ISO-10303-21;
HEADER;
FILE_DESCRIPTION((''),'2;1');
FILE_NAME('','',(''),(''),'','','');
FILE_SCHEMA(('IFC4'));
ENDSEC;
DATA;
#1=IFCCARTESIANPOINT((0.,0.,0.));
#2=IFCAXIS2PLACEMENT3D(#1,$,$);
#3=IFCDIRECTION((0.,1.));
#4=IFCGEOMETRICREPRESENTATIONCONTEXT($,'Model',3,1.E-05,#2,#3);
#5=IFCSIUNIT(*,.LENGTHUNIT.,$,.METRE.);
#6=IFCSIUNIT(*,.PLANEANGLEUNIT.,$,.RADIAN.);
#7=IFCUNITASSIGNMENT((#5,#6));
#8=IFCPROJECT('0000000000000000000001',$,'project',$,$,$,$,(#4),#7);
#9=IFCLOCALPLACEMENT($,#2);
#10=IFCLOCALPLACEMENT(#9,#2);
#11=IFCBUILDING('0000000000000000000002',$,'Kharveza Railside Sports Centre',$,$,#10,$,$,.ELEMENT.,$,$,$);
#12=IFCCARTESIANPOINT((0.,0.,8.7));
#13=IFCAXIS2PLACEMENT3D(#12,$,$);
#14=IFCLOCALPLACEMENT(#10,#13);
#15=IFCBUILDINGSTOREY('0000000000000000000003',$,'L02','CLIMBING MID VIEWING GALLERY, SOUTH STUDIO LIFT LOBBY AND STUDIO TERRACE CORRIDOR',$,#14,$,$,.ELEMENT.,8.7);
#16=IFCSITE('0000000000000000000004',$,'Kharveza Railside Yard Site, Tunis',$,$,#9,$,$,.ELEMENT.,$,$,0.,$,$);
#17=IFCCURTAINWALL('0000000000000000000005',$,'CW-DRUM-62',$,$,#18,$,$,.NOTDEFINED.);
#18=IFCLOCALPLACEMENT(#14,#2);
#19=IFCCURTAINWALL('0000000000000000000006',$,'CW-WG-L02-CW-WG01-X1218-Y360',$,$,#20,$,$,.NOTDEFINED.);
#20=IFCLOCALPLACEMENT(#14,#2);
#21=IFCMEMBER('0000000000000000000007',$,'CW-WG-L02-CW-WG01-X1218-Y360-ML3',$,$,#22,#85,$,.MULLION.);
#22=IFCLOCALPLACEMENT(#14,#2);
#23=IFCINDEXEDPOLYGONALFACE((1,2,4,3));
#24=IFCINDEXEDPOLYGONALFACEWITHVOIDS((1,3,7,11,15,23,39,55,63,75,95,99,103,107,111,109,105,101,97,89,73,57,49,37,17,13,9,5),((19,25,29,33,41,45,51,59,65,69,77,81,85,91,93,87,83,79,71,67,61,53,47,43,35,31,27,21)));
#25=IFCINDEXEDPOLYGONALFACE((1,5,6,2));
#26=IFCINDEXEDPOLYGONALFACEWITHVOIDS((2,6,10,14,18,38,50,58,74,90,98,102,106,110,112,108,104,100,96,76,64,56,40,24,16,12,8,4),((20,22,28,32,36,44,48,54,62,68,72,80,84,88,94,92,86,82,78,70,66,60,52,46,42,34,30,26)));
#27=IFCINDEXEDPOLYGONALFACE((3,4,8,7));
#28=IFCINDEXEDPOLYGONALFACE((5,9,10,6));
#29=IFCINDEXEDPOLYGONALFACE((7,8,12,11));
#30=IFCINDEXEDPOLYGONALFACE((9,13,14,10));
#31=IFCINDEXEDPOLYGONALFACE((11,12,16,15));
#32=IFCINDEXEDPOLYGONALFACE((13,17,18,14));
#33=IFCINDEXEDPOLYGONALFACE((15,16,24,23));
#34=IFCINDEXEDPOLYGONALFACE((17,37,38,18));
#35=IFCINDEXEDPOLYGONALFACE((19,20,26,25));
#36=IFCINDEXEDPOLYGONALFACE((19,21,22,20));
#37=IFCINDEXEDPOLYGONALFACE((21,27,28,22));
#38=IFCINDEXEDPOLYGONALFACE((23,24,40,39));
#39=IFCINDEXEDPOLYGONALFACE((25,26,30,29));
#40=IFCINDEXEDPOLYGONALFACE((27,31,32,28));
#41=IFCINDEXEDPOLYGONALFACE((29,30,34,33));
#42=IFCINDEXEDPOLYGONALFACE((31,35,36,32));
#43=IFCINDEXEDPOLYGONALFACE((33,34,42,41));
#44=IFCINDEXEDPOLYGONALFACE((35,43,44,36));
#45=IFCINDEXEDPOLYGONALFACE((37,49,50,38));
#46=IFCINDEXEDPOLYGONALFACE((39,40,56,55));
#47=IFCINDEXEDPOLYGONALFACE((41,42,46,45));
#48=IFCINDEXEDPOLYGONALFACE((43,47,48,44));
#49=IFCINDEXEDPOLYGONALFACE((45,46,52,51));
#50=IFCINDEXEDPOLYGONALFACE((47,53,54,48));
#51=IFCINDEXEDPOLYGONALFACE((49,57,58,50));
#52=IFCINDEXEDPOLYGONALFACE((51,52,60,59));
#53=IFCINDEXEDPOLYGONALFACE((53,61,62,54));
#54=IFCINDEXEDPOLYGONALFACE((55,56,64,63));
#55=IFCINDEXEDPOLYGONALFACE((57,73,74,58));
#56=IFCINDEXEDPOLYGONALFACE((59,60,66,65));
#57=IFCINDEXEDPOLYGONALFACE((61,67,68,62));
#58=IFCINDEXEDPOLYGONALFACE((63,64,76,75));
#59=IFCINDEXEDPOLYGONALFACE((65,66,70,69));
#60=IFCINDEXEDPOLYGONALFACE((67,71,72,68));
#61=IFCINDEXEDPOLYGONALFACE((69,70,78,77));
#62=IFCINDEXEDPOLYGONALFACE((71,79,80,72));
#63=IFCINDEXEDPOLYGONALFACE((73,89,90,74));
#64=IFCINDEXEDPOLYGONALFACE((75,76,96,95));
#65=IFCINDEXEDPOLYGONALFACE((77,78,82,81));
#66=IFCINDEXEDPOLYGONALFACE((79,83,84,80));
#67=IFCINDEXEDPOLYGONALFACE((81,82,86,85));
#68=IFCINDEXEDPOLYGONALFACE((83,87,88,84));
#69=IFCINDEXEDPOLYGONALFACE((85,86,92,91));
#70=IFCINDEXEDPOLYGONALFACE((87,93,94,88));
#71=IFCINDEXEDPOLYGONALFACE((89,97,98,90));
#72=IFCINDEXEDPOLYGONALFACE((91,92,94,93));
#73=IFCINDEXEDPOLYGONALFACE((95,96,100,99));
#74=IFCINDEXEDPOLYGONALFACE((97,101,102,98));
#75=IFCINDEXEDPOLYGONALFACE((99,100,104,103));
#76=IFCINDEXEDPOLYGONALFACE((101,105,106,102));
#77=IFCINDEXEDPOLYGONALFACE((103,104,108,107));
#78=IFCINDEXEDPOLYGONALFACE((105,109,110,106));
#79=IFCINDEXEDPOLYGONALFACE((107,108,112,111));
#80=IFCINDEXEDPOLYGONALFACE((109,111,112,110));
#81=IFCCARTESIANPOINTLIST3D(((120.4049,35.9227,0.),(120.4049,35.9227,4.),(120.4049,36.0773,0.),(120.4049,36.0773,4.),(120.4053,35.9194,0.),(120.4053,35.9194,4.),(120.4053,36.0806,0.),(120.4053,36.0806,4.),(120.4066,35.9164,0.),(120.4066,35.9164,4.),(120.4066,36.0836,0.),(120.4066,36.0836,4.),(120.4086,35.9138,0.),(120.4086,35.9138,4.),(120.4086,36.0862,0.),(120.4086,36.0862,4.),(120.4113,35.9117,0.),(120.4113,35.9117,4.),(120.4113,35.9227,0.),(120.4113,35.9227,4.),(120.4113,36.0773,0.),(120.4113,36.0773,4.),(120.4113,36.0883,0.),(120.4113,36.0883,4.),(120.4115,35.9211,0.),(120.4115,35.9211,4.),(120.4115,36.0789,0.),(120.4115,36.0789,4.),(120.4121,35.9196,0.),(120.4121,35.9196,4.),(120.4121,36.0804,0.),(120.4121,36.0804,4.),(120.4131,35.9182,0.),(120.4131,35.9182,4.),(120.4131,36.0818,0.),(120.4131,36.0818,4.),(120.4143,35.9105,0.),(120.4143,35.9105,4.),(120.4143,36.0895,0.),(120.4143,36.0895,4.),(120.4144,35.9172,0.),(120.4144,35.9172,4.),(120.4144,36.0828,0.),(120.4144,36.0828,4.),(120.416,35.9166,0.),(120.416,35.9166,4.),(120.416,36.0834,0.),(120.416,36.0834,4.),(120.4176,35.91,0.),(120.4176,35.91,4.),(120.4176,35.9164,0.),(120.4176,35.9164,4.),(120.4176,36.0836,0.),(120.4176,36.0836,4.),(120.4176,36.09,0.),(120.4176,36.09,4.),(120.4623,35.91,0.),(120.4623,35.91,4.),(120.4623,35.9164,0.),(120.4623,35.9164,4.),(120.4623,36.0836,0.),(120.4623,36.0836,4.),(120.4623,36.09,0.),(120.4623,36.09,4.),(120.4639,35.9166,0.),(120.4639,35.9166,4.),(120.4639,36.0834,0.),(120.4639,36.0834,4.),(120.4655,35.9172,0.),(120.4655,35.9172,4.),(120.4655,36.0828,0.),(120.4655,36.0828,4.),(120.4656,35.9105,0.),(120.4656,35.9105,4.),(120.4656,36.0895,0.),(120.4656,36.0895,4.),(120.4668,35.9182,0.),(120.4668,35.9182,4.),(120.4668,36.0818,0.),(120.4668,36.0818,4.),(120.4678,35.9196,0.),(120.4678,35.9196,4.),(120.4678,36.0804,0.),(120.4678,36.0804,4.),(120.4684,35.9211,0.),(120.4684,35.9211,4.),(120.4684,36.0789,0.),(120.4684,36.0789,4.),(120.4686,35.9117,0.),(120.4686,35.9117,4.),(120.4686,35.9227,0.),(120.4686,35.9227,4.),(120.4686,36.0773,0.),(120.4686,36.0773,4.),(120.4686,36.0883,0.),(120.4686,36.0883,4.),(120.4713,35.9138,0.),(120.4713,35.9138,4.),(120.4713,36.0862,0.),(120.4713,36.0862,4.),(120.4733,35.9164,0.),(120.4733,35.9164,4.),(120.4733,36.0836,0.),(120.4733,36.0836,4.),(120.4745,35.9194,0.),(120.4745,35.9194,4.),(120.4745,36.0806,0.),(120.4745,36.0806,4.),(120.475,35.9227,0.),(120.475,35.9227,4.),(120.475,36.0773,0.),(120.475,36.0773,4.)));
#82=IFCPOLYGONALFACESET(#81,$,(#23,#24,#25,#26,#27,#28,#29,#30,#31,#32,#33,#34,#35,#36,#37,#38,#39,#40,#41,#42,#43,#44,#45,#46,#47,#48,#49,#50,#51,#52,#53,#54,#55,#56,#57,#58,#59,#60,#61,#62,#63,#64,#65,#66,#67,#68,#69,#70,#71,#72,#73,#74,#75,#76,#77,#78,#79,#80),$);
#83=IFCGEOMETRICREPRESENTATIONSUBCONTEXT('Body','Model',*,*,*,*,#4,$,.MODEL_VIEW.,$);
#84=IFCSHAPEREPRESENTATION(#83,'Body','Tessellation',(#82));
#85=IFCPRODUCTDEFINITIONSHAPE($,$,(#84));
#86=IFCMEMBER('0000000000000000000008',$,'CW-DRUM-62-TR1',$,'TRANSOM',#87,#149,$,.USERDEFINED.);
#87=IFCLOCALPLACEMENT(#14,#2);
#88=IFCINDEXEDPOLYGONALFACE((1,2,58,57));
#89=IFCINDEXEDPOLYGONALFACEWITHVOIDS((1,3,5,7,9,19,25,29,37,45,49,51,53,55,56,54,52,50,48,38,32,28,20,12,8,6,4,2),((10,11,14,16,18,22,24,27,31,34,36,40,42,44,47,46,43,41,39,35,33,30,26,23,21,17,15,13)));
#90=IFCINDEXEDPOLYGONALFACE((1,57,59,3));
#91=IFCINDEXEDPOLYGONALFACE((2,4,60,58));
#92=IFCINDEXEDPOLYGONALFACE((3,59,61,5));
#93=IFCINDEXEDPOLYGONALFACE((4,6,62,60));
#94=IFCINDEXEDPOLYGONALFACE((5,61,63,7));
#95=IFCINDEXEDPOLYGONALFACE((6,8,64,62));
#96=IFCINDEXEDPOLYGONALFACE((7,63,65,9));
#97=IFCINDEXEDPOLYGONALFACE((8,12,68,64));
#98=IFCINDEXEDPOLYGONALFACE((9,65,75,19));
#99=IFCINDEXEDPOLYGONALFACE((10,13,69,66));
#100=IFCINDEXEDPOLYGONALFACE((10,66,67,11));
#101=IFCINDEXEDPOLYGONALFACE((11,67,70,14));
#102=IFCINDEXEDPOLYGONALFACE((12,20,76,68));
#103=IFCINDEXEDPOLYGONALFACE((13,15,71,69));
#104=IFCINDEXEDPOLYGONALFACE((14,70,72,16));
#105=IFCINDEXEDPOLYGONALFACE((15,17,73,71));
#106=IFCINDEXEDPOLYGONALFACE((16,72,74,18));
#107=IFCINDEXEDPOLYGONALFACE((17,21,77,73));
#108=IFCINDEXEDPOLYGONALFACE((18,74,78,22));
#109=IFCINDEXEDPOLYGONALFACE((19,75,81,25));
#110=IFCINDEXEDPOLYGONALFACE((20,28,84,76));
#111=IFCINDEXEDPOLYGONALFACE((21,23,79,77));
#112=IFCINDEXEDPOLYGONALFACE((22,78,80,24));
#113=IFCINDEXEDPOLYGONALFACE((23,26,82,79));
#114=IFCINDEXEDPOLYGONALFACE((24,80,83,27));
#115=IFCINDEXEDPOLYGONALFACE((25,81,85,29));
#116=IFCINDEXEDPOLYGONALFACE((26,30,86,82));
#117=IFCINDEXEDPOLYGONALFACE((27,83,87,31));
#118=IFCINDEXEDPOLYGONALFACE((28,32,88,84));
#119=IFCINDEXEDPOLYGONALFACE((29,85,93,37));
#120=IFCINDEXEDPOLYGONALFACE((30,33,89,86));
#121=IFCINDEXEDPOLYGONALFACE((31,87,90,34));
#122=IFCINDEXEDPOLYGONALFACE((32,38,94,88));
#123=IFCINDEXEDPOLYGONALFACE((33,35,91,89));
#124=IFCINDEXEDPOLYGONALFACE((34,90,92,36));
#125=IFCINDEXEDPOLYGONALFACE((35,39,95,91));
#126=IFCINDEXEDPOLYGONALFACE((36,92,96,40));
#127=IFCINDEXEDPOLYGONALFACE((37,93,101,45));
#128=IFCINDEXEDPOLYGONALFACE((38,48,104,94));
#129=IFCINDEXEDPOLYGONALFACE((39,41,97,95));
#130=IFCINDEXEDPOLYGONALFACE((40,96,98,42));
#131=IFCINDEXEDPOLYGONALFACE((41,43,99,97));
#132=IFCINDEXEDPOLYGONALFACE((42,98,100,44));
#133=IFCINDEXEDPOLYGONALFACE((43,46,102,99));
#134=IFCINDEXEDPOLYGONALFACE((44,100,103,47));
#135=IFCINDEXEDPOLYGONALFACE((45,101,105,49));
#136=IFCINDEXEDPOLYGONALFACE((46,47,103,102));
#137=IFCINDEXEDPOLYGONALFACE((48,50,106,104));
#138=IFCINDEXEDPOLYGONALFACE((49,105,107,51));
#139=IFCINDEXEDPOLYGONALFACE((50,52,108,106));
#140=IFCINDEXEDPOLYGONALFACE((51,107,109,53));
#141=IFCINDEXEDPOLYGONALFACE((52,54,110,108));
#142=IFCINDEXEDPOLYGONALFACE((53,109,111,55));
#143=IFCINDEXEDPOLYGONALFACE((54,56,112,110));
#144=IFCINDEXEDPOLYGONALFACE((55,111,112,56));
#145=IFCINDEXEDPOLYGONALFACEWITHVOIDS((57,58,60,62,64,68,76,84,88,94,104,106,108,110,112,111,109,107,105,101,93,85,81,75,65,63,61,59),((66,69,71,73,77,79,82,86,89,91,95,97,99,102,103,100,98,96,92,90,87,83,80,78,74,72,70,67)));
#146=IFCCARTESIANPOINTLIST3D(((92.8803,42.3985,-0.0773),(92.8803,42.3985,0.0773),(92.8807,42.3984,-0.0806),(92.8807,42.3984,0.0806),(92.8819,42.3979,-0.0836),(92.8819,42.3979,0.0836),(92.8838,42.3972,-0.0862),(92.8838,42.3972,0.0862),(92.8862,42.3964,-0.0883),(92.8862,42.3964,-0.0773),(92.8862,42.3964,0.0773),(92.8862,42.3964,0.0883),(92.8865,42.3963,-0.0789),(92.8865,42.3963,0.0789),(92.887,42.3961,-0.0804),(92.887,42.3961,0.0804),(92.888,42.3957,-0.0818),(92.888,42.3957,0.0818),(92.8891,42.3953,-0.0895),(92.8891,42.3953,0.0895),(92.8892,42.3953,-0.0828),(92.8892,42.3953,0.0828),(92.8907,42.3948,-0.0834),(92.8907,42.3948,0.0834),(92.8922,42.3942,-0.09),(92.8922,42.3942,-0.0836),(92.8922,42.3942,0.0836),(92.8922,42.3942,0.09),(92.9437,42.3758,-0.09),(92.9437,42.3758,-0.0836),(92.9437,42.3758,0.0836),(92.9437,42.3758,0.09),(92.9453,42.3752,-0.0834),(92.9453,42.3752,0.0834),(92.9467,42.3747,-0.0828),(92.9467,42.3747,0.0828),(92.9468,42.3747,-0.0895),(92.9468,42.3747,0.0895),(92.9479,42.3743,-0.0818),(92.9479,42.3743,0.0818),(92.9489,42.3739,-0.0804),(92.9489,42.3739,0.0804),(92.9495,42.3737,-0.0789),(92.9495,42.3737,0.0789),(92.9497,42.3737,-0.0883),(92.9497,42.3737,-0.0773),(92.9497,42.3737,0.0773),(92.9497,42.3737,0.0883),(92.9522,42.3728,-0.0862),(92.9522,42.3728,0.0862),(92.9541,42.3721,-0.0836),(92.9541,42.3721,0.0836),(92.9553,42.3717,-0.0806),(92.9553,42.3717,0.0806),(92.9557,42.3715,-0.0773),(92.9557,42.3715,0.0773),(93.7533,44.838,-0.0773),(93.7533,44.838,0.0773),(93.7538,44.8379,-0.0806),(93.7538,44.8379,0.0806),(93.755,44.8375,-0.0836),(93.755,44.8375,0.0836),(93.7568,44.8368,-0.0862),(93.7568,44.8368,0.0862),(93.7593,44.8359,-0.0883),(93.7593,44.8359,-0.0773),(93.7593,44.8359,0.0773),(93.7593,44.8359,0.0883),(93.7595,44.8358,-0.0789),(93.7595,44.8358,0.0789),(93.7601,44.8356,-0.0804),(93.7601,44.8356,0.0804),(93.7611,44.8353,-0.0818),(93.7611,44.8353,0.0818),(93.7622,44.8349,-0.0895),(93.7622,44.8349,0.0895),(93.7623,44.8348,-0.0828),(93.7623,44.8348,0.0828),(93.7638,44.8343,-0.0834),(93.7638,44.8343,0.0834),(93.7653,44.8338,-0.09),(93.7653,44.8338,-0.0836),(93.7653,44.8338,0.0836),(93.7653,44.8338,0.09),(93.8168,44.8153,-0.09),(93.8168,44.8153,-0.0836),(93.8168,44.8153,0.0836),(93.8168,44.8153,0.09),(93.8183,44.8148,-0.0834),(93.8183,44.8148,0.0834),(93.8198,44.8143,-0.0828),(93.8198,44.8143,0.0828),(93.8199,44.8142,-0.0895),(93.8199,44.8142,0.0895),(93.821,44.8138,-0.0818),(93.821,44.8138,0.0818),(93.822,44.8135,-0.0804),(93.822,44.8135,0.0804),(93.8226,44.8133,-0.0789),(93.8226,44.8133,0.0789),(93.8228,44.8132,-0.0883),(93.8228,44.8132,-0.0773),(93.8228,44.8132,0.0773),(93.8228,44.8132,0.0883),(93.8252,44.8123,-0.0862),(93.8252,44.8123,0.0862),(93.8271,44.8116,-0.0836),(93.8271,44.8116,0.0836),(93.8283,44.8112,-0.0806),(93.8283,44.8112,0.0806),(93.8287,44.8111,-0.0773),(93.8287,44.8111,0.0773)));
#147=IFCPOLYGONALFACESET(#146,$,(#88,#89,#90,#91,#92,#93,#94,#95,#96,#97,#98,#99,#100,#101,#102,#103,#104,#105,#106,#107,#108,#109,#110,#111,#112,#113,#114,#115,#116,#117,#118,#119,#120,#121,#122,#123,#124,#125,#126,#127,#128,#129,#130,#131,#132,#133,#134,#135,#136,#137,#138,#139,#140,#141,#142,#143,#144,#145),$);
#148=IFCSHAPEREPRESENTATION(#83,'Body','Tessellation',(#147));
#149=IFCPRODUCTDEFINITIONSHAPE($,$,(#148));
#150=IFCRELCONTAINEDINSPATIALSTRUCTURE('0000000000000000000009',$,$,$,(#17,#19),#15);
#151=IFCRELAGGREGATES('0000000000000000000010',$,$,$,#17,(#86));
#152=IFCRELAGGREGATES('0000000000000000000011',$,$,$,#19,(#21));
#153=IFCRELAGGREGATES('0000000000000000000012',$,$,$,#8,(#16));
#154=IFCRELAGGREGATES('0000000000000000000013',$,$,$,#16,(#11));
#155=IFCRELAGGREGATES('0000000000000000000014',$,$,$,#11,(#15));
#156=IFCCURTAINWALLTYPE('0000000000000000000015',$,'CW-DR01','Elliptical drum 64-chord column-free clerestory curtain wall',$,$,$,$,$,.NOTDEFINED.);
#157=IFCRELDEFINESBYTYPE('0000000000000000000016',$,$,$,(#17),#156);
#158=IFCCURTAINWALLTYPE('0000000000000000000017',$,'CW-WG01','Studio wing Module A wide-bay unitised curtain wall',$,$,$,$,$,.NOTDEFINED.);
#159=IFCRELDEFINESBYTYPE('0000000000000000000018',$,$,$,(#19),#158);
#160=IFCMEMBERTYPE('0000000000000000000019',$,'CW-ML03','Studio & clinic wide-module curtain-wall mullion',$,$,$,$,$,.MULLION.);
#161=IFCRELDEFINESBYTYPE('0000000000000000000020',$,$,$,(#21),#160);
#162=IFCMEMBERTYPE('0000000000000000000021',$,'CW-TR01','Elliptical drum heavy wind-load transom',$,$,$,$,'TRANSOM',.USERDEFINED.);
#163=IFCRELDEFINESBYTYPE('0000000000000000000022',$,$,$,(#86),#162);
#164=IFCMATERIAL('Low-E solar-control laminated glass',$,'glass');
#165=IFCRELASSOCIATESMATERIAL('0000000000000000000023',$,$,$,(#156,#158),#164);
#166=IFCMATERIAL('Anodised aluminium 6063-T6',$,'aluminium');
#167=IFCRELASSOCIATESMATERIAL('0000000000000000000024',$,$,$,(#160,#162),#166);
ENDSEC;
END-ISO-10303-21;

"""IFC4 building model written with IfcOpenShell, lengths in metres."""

from ifc_helpers import new_model, si_unit, direction, frame, origin, origin_2d, place, context, subcontext, project, spatial, hollow_rectangle, extrude, material, material_profile, profile_set, type_object, element, aggregate, save


model = new_model("IFC4")

# Units and contexts
model_context = context("Model", 3, precision=1e-05, world=origin(), true_north=direction((0.0, 1.0)))
body_context = subcontext(model_context, "Body", "Model", "MODEL_VIEW")
ifc_project = project(units=[si_unit("LENGTHUNIT", "METRE"), si_unit("PLANEANGLEUNIT", "RADIAN")], contexts=[model_context])

# Site, building, storey
site_placement = place(None, origin())
site = spatial("IfcSite", under=ifc_project, at=site_placement, Name="Kharveza Railside Yard Site, Tunis", CompositionType="ELEMENT", RefElevation=0.0)
building_placement = place(site_placement, origin())
building = spatial("IfcBuilding", under=site, at=building_placement, Name="Kharveza Railside Sports Centre", CompositionType="ELEMENT")
storey_placement = place(building_placement, frame((0.0, 0.0, 8.7)))
storey = spatial("IfcBuildingStorey", under=building, at=storey_placement, Name="L02", Description="CLIMBING MID VIEWING GALLERY, SOUTH STUDIO LIFT LOBBY AND STUDIO TERRACE CORRIDOR", CompositionType="ELEMENT", Elevation=8.7)

# Curtain walls, member
ifc_material_1 = material(Name="Low-E solar-control laminated glass", Category="glass")
curtain_wall_type_1 = type_object("IfcCurtainWallType", Name="CW-DR01", Description="Elliptical drum 64-chord column-free clerestory curtain wall", PredefinedType="NOTDEFINED", material=ifc_material_1)
ifc_material_2 = material(Name="Anodised aluminium 6063-T6", Category="aluminium")
curtain_wall_1_placement = place(storey_placement, origin())
curtain_wall_1 = element("IfcCurtainWall", 1, at=curtain_wall_1_placement, inside=storey, type_object=curtain_wall_type_1, Name="CW-DRUM-62", PredefinedType="NOTDEFINED")
curtain_wall_type_2 = type_object("IfcCurtainWallType", Name="CW-WG01", Description="Studio wing Module A wide-bay unitised curtain wall", PredefinedType="NOTDEFINED", material=ifc_material_1)
curtain_wall_2_placement = place(storey_placement, origin())
curtain_wall_2 = element("IfcCurtainWall", 2, at=curtain_wall_2_placement, inside=storey, type_object=curtain_wall_type_2, Name="CW-WG-L02-CW-WG01-X1218-Y360", PredefinedType="NOTDEFINED")
ifc_material_profile_1 = material_profile(ifc_material_2, hollow_rectangle(XDim=0.0701, YDim=0.1799, WallThickness=0.0063, InnerFilletRadius=0.0063, OuterFilletRadius=0.0127, at=origin_2d()), Name="RHS 70x180x6.3")
ifc_profile_set_1 = profile_set([ifc_material_profile_1], Name="Anodised aluminium 6063-T6")
member_type_1 = type_object("IfcMemberType", Name="CW-ML03", Description="Studio & clinic wide-module curtain-wall mullion", PredefinedType="MULLION", material=ifc_profile_set_1)
member_1_placement = place(storey_placement, frame((120.4399, 36.0, 0.0), z_axis=(0.0, 0.0, 1.0), x_axis=(1.0, 0.0, 0.0)))
member_1 = element("IfcMember", 3, at=member_1_placement, type_object=member_type_1, Name="CW-WG-L02-CW-WG01-X1218-Y360-ML3", PredefinedType="MULLION", context=body_context, shape_type="SweptSolid", body=[
    extrude(hollow_rectangle(XDim=0.0701, YDim=0.1799, WallThickness=0.0063, InnerFilletRadius=0.0063, OuterFilletRadius=0.0127, at=origin_2d()), origin(), (0.0, 0.0, 1.0), 4.0),
])

# Member
ifc_material_profile_2 = material_profile(ifc_material_2, hollow_rectangle(XDim=0.0801, YDim=0.1799, WallThickness=0.0063, InnerFilletRadius=0.0063, OuterFilletRadius=0.0127, at=origin_2d()), Name="RHS 80x180x6.3")
ifc_profile_set_2 = profile_set([ifc_material_profile_2], Name="Anodised aluminium 6063-T6")
member_type_2 = type_object("IfcMemberType", Name="CW-TR01", Description="Elliptical drum heavy wind-load transom", ElementType="TRANSOM", PredefinedType="USERDEFINED", material=ifc_profile_set_2)
member_2_placement = place(storey_placement, frame((92.918, 42.385, 0.0), z_axis=(0.336957, 0.94152, 0.0), x_axis=(-0.94152, 0.336957, 0.0)))
member_2 = element("IfcMember", 4, at=member_2_placement, type_object=member_type_2, Name="CW-DRUM-62-TR1", ObjectType="TRANSOM", PredefinedType="USERDEFINED", context=body_context, shape_type="SweptSolid", body=[
    extrude(hollow_rectangle(XDim=0.0801, YDim=0.1799, WallThickness=0.0063, InnerFilletRadius=0.0063, OuterFilletRadius=0.0127, at=origin_2d()), origin(), (0.0, 0.0, 1.0), 2.5911),
])

aggregate(curtain_wall_1, [member_2])
aggregate(curtain_wall_2, [member_1])

save(model, "model.ifc")
